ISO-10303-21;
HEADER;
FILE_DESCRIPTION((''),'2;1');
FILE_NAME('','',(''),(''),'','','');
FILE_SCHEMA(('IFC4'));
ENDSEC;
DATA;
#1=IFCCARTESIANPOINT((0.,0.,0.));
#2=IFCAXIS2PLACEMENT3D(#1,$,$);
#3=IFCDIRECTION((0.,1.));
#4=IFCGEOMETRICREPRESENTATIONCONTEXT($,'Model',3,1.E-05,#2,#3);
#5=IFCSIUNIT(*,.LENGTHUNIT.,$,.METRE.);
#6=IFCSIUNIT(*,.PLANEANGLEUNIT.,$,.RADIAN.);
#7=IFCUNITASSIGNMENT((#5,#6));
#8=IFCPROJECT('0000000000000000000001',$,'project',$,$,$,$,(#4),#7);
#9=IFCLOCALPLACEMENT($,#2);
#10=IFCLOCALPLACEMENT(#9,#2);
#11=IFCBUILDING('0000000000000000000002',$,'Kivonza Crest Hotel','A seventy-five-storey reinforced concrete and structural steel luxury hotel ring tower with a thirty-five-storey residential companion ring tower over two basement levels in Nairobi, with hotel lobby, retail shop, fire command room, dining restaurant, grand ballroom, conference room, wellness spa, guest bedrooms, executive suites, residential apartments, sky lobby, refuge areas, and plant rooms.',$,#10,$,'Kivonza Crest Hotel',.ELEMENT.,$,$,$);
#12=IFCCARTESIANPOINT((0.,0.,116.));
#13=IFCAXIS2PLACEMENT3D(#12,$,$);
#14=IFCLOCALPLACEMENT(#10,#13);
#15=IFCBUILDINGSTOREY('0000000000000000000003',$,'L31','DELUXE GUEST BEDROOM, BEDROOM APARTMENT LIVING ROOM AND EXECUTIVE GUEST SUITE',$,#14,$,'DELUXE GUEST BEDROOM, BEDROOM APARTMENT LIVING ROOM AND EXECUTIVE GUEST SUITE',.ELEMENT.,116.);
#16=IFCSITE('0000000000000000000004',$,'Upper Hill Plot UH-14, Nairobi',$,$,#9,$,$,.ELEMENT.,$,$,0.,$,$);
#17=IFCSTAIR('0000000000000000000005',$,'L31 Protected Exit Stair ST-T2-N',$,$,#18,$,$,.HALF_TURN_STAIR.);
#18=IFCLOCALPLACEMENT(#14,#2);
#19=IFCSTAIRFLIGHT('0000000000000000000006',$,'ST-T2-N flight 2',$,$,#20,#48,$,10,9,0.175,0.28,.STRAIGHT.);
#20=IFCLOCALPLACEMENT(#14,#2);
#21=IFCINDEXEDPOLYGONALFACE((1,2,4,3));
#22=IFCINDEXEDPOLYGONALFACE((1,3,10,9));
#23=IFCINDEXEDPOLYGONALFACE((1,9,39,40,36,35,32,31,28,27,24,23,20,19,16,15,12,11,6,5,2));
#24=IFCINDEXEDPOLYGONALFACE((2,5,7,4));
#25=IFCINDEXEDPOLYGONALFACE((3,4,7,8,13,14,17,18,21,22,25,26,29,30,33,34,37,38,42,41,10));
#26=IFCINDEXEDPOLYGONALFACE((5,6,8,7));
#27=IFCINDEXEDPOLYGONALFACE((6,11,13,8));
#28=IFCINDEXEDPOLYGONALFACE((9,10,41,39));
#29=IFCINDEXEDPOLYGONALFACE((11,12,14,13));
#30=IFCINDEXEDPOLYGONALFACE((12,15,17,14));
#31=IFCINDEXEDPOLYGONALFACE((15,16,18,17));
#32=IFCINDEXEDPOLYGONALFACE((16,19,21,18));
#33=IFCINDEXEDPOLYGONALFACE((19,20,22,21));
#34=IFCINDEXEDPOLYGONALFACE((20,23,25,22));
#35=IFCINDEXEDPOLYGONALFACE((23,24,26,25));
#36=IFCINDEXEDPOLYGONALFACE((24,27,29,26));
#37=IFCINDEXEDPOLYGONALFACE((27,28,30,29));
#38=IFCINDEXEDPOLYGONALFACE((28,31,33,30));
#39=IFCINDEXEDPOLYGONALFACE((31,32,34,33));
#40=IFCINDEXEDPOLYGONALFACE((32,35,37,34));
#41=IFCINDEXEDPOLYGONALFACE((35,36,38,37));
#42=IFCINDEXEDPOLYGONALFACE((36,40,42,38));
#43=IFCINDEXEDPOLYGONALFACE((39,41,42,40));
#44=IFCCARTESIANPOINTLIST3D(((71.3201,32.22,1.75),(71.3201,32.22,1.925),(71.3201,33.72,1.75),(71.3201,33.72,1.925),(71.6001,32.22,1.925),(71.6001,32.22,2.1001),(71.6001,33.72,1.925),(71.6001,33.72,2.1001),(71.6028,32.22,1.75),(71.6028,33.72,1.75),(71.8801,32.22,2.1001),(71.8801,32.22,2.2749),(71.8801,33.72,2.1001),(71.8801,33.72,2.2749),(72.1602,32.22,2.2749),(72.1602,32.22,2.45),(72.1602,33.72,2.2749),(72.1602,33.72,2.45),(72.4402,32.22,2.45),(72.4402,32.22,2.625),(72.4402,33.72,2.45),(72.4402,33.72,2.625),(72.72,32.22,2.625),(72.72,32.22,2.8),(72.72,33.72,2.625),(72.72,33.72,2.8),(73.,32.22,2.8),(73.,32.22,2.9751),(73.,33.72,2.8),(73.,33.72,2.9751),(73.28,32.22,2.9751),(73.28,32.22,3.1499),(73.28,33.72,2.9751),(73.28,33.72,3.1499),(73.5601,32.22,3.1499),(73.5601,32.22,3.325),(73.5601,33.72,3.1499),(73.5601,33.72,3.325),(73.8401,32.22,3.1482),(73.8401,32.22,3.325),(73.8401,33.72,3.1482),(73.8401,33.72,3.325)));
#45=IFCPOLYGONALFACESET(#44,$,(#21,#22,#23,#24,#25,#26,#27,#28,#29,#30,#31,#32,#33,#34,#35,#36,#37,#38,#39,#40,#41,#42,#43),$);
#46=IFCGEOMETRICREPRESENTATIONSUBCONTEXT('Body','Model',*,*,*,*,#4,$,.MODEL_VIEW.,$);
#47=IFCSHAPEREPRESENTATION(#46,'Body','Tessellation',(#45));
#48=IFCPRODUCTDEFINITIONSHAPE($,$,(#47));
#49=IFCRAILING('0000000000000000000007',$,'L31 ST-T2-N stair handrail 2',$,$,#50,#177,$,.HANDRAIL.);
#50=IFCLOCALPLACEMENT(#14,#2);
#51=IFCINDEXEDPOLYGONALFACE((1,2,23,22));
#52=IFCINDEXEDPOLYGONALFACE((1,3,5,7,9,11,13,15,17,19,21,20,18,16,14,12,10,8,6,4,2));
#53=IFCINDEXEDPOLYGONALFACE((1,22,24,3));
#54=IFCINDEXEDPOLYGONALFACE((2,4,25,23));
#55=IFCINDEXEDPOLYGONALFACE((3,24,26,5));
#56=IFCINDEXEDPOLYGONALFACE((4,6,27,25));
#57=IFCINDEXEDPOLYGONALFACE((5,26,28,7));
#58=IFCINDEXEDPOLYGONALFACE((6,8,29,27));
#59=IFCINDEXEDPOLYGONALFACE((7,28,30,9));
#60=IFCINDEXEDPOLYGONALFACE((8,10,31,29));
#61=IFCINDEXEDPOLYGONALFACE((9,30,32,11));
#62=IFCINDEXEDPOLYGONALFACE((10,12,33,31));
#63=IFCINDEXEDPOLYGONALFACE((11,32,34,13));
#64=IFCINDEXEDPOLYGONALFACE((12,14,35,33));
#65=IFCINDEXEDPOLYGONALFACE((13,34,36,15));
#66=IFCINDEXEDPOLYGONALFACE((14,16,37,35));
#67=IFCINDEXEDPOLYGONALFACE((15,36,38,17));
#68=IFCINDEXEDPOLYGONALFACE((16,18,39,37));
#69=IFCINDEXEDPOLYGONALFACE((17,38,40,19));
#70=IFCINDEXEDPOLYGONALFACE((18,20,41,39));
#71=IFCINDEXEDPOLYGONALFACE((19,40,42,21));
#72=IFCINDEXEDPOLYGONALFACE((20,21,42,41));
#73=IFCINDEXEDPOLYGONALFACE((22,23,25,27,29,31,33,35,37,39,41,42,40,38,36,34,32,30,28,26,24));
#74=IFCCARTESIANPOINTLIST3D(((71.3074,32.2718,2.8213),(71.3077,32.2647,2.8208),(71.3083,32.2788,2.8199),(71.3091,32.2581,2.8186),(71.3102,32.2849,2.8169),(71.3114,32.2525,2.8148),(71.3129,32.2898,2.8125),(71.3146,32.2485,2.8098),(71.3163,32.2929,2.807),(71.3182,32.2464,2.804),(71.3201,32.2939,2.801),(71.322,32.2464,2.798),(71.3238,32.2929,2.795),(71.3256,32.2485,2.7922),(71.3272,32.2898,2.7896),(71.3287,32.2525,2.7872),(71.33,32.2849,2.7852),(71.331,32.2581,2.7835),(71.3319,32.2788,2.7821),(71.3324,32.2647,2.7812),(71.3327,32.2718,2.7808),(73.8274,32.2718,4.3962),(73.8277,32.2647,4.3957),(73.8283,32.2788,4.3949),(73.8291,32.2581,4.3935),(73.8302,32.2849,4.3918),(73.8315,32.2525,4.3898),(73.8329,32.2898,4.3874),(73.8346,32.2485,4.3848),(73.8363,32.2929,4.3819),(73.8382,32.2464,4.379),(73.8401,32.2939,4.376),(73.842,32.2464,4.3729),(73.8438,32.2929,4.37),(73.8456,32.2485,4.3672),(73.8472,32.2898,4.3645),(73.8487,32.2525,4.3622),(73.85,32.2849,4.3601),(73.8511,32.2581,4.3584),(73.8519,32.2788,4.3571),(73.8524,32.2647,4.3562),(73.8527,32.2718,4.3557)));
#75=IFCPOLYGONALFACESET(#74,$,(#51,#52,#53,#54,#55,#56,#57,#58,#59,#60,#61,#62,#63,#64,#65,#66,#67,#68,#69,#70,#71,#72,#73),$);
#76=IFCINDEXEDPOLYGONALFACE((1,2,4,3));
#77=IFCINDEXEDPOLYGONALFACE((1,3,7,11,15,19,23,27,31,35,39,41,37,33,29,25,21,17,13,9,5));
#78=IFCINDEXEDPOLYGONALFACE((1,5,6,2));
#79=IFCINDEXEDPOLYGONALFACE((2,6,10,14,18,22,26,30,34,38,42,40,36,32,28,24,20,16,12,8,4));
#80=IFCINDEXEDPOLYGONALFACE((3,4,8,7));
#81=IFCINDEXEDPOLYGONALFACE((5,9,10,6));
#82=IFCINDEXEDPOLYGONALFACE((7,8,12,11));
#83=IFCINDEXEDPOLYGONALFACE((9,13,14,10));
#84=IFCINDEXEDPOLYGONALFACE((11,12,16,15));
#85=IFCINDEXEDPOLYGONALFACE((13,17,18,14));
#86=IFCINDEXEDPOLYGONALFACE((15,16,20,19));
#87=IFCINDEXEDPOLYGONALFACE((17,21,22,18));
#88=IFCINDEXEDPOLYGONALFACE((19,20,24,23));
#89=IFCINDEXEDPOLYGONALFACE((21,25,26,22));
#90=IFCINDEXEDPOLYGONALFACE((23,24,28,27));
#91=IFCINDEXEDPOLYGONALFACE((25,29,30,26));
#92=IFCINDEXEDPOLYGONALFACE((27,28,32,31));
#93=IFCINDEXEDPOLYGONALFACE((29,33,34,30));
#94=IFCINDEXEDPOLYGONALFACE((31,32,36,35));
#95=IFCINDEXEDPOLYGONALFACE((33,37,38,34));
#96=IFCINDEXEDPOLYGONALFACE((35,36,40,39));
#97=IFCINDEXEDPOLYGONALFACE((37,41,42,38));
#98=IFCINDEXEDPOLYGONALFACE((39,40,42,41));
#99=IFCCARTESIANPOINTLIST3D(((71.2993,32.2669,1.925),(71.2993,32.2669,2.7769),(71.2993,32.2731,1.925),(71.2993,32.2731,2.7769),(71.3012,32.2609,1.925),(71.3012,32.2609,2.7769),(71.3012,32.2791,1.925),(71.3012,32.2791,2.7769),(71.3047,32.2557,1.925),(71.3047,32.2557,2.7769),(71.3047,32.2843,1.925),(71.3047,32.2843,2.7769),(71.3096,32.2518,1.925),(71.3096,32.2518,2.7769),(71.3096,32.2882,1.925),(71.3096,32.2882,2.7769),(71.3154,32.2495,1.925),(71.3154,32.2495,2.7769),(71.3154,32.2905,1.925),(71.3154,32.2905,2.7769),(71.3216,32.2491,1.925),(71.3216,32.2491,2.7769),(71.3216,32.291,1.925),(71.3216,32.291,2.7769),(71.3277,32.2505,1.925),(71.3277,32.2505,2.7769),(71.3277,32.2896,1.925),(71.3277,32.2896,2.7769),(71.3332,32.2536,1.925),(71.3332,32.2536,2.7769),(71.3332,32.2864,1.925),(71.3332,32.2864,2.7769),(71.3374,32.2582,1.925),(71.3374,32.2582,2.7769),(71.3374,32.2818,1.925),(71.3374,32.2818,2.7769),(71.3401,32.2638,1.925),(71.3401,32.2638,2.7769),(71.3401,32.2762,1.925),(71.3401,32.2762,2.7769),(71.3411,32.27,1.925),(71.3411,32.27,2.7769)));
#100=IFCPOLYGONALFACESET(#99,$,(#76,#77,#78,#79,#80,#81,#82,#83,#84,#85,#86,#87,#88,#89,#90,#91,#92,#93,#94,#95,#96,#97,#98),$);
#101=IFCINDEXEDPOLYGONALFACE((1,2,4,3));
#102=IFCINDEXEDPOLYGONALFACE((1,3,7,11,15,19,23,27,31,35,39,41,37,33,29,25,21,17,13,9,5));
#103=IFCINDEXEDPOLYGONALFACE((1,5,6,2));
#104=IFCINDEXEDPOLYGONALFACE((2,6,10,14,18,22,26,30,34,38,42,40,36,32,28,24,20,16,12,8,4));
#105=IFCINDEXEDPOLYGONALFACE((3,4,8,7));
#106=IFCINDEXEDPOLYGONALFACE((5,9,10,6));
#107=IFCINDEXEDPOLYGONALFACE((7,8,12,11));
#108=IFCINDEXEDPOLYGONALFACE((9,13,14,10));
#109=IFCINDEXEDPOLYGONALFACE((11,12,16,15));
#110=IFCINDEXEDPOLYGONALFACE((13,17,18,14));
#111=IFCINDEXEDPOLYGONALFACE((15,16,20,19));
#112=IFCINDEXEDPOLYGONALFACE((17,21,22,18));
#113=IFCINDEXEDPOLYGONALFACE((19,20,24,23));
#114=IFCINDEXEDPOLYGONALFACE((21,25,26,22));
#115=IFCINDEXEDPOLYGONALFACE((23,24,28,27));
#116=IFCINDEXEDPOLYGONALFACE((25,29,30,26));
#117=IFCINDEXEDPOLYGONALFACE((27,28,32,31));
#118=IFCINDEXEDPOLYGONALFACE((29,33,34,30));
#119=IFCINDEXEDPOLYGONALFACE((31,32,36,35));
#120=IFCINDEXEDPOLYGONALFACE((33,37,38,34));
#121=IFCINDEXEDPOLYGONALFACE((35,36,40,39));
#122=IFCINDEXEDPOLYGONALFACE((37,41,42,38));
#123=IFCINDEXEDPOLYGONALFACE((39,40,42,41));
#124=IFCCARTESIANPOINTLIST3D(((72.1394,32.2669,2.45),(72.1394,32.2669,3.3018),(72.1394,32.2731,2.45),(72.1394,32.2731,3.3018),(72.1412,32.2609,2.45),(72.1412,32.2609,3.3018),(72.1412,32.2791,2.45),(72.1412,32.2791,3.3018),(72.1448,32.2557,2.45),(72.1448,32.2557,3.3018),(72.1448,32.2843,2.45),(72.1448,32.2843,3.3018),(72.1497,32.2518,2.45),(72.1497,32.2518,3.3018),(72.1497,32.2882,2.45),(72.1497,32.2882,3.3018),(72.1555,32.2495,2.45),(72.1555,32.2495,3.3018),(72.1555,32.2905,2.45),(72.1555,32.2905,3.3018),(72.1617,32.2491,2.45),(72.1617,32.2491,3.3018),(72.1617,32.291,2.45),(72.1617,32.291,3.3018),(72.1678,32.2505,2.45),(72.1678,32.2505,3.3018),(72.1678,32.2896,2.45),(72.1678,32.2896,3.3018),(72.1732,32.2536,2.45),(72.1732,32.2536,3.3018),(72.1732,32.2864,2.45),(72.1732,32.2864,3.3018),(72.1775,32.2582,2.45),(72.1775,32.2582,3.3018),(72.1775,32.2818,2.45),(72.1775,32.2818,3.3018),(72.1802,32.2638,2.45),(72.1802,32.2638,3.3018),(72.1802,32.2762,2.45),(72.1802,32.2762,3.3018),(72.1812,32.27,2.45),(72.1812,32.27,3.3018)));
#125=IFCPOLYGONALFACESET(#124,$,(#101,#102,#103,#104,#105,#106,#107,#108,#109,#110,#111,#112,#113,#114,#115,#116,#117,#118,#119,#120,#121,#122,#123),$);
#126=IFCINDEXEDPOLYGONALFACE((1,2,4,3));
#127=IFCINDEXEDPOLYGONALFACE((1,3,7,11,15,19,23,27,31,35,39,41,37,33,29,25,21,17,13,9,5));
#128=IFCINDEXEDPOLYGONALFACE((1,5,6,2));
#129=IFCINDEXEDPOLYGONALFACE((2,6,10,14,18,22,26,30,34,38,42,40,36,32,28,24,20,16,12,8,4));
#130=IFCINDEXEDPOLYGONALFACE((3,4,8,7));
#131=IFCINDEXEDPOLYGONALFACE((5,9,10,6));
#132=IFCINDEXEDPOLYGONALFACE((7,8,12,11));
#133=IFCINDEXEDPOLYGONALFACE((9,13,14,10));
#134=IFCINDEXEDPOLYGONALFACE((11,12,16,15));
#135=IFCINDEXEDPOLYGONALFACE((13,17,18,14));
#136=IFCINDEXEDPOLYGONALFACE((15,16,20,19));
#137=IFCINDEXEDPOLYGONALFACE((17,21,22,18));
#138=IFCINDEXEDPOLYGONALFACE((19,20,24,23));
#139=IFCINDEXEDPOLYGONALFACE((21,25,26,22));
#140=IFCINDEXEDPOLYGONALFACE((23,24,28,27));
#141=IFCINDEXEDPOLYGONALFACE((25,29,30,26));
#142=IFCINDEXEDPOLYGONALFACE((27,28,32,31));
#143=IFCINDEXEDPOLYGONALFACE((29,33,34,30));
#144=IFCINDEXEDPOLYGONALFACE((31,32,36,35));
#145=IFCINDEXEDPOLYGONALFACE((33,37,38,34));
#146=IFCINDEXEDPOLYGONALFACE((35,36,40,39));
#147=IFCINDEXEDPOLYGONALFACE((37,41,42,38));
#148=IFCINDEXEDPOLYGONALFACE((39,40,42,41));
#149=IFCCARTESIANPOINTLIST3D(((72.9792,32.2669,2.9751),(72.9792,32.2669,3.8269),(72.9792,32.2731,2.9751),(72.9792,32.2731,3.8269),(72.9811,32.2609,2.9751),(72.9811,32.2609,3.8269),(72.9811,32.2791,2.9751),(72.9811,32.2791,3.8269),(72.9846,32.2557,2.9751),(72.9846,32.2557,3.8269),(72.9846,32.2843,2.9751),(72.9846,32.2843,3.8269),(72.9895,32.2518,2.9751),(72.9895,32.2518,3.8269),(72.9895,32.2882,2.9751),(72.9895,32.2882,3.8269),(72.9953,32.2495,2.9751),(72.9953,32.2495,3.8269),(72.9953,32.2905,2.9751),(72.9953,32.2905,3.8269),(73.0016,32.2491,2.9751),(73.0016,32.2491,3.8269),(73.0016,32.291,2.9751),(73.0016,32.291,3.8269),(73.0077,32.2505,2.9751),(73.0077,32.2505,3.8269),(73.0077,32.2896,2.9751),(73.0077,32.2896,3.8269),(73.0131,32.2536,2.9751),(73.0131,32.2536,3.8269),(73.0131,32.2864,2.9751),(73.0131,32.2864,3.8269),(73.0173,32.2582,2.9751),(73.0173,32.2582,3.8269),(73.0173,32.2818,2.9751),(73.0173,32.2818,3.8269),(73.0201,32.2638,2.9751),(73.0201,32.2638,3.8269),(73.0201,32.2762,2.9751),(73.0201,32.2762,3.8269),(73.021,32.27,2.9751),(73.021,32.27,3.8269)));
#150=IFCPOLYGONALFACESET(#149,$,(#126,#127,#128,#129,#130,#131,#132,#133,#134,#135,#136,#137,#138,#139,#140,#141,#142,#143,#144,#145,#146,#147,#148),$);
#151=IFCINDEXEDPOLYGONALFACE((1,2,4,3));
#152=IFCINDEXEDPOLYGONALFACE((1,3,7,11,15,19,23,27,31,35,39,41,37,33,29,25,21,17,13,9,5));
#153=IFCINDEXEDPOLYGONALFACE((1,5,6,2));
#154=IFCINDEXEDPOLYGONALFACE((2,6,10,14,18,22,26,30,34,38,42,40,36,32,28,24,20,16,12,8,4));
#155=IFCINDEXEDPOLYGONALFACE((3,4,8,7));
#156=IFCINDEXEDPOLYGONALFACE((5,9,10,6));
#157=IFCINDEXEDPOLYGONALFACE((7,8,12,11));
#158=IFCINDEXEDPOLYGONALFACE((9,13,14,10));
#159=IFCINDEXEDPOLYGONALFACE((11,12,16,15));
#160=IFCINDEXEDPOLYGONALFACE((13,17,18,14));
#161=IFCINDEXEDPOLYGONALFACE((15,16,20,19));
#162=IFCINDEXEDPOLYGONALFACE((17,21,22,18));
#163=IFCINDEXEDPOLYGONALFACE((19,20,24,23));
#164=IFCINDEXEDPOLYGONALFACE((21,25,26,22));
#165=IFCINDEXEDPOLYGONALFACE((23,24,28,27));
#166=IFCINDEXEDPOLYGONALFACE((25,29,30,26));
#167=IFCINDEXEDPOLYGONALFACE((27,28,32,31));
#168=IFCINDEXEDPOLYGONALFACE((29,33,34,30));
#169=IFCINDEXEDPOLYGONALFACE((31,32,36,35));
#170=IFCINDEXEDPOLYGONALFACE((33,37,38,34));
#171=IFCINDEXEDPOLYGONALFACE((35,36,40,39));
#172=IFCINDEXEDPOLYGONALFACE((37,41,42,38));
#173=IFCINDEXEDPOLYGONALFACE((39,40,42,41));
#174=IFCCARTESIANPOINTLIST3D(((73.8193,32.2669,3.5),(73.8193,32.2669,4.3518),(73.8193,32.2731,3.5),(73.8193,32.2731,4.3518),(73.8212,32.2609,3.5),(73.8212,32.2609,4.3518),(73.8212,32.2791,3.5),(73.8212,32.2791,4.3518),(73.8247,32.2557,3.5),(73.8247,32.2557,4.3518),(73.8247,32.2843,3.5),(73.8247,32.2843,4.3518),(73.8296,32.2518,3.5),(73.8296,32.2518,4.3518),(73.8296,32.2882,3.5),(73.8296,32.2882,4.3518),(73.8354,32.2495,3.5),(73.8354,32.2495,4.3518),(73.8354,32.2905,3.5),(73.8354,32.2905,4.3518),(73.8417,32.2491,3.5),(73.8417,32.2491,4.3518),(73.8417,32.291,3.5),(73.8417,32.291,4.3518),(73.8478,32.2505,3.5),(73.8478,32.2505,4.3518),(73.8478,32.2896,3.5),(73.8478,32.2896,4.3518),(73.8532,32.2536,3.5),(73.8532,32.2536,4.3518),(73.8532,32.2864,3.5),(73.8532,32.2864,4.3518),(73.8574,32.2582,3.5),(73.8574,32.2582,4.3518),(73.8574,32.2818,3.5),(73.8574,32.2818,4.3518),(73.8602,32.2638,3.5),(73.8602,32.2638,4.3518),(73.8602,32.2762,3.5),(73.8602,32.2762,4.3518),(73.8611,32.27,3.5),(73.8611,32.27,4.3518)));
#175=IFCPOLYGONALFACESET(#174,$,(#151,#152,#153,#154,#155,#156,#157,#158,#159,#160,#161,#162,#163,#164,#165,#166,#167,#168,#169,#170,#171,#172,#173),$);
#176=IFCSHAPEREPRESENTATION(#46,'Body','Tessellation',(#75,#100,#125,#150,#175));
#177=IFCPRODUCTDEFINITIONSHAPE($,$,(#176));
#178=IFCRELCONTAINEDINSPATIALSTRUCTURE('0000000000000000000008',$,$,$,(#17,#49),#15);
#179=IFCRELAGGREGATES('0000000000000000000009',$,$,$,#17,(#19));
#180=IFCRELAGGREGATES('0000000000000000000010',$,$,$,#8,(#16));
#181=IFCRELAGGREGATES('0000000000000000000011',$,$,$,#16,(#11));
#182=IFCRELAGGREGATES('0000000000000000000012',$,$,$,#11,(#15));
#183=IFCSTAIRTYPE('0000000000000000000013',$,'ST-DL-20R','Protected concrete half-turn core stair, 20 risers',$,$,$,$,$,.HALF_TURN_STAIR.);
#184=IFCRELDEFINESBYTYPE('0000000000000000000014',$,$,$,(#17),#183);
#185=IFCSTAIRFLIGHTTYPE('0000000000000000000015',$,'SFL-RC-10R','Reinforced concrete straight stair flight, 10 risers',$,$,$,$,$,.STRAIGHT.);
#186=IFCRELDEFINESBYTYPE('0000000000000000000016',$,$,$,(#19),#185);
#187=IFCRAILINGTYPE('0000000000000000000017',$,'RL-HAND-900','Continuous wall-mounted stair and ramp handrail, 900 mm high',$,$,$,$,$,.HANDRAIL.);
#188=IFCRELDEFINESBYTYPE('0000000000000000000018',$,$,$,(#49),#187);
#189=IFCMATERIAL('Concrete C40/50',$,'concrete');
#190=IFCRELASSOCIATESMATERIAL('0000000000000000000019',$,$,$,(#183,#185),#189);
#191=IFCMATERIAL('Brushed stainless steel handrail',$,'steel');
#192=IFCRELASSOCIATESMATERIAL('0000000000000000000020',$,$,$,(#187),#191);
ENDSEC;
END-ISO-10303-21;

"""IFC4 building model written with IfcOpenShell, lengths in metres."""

from ifc_helpers import new_model, si_unit, direction, frame, origin, origin_2d, place, context, subcontext, project, spatial, polyline, circle, outline, extrude, material, type_object, element, aggregate, save


model = new_model("IFC4")

# Units and contexts
model_context = context("Model", 3, precision=1e-05, world=origin(), true_north=direction((0.0, 1.0)))
body_context = subcontext(model_context, "Body", "Model", "MODEL_VIEW")
ifc_project = project(units=[si_unit("LENGTHUNIT", "METRE"), si_unit("PLANEANGLEUNIT", "RADIAN")], contexts=[model_context])

# Site, building, storey
site_placement = place(None, origin())
site = spatial("IfcSite", under=ifc_project, at=site_placement, Name="Upper Hill Plot UH-14, Nairobi", CompositionType="ELEMENT", RefElevation=0.0)
building_placement = place(site_placement, origin())
building = spatial("IfcBuilding", under=site, at=building_placement, Name="Kivonza Crest Hotel", Description="A seventy-five-storey reinforced concrete and structural steel luxury hotel ring tower with a thirty-five-storey residential companion ring tower over two basement levels in Nairobi, with hotel lobby, retail shop, fire command room, dining restaurant, grand ballroom, conference room, wellness spa, guest bedrooms, executive suites, residential apartments, sky lobby, refuge areas, and plant rooms.", LongName="Kivonza Crest Hotel", CompositionType="ELEMENT")
storey_placement = place(building_placement, frame((0.0, 0.0, 116.0)))
storey = spatial("IfcBuildingStorey", under=building, at=storey_placement, Name="L31", Description="DELUXE GUEST BEDROOM, BEDROOM APARTMENT LIVING ROOM AND EXECUTIVE GUEST SUITE", LongName="DELUXE GUEST BEDROOM, BEDROOM APARTMENT LIVING ROOM AND EXECUTIVE GUEST SUITE", CompositionType="ELEMENT", Elevation=116.0)

# Stair, stair flight
ifc_material_1 = material(Name="Concrete C40/50", Category="concrete")
stair_type = type_object("IfcStairType", Name="ST-DL-20R", Description="Protected concrete half-turn core stair, 20 risers", PredefinedType="HALF_TURN_STAIR", material=ifc_material_1)
stair_placement = place(storey_placement, origin())
stair = element("IfcStair", 1, at=stair_placement, inside=storey, type_object=stair_type, Name="L31 Protected Exit Stair ST-T2-N", PredefinedType="HALF_TURN_STAIR")
stair_flight_type = type_object("IfcStairFlightType", Name="SFL-RC-10R", Description="Reinforced concrete straight stair flight, 10 risers", PredefinedType="STRAIGHT", material=ifc_material_1)
stair_flight_placement = place(storey_placement, frame((71.3201, 32.97, 1.75), z_axis=(0.0, 0.0, 1.0), x_axis=(1.0, 0.0, 0.0)))
stair_flight = element("IfcStairFlight", 2, at=stair_flight_placement, type_object=stair_flight_type, Name="ST-T2-N flight 2", NumberOfRisers=10, NumberOfTreads=9, PredefinedType="STRAIGHT", RiserHeight=0.175, TreadLength=0.28, context=body_context, shape_type="SweptSolid", body=[
    extrude(outline(polyline([(0.0, 0.0), (0.0, 0.175), (0.28, 0.175), (0.28, 0.3501), (0.5601, 0.3501), (0.5601, 0.5249), (0.8401, 0.5249), (0.8401, 0.7), (1.1201, 0.7), (1.1201, 0.875), (1.3999, 0.875), (1.3999, 1.05), (1.6799, 1.05), (1.6799, 1.2251), (1.96, 1.2251), (1.96, 1.3999), (2.24, 1.3999), (2.24, 1.575), (2.52, 1.575), (2.52, 1.75), (2.52, 1.3982), (0.2827, 0.0), (0.0, 0.0)])), frame((0.0, 0.75, 0.0), z_axis=(0.0, -1.0, 0.0), x_axis=(1.0, 0.0, 0.0)), (0.0, 0.0, 1.0), 1.5),
])
aggregate(stair, [stair_flight])

# Railing
ifc_material_2 = material(Name="Brushed stainless steel handrail", Category="steel")
railing_type_1 = type_object("IfcRailingType", Name="RL-HAND-900", Description="Continuous wall-mounted stair and ramp handrail, 900 mm high", PredefinedType="HANDRAIL", material=ifc_material_2)
railing_1_placement = place(storey_placement, frame((71.3201, 32.27, 1.925)))
element("IfcRailing", 3, at=railing_1_placement, inside=storey, type_object=railing_type_1, Name="L31 ST-T2-N stair handrail 2", PredefinedType="HANDRAIL", context=body_context, shape_type="SweptSolid", body=[
    extrude(circle(Radius=0.0239, at=origin_2d()), frame((0.0, 0.0, 0.876), z_axis=(0.848008, 0.0, 0.529984), x_axis=(0.0, 1.0, 0.0)), (0.0, 0.0, 1.0), 2.9717),
    extrude(circle(Radius=0.021, at=origin_2d()), origin(), (0.0, 0.0, 1.0), 0.8518),
    extrude(circle(Radius=0.021, at=origin_2d()), frame((0.8401, 0.0, 0.5249)), (0.0, 0.0, 1.0), 0.8518),
    extrude(circle(Radius=0.021, at=origin_2d()), frame((1.6799, 0.0, 1.05)), (0.0, 0.0, 1.0), 0.8518),
    extrude(circle(Radius=0.021, at=origin_2d()), frame((2.52, 0.0, 1.575)), (0.0, 0.0, 1.0), 0.8518),
])

save(model, "model.ifc")
